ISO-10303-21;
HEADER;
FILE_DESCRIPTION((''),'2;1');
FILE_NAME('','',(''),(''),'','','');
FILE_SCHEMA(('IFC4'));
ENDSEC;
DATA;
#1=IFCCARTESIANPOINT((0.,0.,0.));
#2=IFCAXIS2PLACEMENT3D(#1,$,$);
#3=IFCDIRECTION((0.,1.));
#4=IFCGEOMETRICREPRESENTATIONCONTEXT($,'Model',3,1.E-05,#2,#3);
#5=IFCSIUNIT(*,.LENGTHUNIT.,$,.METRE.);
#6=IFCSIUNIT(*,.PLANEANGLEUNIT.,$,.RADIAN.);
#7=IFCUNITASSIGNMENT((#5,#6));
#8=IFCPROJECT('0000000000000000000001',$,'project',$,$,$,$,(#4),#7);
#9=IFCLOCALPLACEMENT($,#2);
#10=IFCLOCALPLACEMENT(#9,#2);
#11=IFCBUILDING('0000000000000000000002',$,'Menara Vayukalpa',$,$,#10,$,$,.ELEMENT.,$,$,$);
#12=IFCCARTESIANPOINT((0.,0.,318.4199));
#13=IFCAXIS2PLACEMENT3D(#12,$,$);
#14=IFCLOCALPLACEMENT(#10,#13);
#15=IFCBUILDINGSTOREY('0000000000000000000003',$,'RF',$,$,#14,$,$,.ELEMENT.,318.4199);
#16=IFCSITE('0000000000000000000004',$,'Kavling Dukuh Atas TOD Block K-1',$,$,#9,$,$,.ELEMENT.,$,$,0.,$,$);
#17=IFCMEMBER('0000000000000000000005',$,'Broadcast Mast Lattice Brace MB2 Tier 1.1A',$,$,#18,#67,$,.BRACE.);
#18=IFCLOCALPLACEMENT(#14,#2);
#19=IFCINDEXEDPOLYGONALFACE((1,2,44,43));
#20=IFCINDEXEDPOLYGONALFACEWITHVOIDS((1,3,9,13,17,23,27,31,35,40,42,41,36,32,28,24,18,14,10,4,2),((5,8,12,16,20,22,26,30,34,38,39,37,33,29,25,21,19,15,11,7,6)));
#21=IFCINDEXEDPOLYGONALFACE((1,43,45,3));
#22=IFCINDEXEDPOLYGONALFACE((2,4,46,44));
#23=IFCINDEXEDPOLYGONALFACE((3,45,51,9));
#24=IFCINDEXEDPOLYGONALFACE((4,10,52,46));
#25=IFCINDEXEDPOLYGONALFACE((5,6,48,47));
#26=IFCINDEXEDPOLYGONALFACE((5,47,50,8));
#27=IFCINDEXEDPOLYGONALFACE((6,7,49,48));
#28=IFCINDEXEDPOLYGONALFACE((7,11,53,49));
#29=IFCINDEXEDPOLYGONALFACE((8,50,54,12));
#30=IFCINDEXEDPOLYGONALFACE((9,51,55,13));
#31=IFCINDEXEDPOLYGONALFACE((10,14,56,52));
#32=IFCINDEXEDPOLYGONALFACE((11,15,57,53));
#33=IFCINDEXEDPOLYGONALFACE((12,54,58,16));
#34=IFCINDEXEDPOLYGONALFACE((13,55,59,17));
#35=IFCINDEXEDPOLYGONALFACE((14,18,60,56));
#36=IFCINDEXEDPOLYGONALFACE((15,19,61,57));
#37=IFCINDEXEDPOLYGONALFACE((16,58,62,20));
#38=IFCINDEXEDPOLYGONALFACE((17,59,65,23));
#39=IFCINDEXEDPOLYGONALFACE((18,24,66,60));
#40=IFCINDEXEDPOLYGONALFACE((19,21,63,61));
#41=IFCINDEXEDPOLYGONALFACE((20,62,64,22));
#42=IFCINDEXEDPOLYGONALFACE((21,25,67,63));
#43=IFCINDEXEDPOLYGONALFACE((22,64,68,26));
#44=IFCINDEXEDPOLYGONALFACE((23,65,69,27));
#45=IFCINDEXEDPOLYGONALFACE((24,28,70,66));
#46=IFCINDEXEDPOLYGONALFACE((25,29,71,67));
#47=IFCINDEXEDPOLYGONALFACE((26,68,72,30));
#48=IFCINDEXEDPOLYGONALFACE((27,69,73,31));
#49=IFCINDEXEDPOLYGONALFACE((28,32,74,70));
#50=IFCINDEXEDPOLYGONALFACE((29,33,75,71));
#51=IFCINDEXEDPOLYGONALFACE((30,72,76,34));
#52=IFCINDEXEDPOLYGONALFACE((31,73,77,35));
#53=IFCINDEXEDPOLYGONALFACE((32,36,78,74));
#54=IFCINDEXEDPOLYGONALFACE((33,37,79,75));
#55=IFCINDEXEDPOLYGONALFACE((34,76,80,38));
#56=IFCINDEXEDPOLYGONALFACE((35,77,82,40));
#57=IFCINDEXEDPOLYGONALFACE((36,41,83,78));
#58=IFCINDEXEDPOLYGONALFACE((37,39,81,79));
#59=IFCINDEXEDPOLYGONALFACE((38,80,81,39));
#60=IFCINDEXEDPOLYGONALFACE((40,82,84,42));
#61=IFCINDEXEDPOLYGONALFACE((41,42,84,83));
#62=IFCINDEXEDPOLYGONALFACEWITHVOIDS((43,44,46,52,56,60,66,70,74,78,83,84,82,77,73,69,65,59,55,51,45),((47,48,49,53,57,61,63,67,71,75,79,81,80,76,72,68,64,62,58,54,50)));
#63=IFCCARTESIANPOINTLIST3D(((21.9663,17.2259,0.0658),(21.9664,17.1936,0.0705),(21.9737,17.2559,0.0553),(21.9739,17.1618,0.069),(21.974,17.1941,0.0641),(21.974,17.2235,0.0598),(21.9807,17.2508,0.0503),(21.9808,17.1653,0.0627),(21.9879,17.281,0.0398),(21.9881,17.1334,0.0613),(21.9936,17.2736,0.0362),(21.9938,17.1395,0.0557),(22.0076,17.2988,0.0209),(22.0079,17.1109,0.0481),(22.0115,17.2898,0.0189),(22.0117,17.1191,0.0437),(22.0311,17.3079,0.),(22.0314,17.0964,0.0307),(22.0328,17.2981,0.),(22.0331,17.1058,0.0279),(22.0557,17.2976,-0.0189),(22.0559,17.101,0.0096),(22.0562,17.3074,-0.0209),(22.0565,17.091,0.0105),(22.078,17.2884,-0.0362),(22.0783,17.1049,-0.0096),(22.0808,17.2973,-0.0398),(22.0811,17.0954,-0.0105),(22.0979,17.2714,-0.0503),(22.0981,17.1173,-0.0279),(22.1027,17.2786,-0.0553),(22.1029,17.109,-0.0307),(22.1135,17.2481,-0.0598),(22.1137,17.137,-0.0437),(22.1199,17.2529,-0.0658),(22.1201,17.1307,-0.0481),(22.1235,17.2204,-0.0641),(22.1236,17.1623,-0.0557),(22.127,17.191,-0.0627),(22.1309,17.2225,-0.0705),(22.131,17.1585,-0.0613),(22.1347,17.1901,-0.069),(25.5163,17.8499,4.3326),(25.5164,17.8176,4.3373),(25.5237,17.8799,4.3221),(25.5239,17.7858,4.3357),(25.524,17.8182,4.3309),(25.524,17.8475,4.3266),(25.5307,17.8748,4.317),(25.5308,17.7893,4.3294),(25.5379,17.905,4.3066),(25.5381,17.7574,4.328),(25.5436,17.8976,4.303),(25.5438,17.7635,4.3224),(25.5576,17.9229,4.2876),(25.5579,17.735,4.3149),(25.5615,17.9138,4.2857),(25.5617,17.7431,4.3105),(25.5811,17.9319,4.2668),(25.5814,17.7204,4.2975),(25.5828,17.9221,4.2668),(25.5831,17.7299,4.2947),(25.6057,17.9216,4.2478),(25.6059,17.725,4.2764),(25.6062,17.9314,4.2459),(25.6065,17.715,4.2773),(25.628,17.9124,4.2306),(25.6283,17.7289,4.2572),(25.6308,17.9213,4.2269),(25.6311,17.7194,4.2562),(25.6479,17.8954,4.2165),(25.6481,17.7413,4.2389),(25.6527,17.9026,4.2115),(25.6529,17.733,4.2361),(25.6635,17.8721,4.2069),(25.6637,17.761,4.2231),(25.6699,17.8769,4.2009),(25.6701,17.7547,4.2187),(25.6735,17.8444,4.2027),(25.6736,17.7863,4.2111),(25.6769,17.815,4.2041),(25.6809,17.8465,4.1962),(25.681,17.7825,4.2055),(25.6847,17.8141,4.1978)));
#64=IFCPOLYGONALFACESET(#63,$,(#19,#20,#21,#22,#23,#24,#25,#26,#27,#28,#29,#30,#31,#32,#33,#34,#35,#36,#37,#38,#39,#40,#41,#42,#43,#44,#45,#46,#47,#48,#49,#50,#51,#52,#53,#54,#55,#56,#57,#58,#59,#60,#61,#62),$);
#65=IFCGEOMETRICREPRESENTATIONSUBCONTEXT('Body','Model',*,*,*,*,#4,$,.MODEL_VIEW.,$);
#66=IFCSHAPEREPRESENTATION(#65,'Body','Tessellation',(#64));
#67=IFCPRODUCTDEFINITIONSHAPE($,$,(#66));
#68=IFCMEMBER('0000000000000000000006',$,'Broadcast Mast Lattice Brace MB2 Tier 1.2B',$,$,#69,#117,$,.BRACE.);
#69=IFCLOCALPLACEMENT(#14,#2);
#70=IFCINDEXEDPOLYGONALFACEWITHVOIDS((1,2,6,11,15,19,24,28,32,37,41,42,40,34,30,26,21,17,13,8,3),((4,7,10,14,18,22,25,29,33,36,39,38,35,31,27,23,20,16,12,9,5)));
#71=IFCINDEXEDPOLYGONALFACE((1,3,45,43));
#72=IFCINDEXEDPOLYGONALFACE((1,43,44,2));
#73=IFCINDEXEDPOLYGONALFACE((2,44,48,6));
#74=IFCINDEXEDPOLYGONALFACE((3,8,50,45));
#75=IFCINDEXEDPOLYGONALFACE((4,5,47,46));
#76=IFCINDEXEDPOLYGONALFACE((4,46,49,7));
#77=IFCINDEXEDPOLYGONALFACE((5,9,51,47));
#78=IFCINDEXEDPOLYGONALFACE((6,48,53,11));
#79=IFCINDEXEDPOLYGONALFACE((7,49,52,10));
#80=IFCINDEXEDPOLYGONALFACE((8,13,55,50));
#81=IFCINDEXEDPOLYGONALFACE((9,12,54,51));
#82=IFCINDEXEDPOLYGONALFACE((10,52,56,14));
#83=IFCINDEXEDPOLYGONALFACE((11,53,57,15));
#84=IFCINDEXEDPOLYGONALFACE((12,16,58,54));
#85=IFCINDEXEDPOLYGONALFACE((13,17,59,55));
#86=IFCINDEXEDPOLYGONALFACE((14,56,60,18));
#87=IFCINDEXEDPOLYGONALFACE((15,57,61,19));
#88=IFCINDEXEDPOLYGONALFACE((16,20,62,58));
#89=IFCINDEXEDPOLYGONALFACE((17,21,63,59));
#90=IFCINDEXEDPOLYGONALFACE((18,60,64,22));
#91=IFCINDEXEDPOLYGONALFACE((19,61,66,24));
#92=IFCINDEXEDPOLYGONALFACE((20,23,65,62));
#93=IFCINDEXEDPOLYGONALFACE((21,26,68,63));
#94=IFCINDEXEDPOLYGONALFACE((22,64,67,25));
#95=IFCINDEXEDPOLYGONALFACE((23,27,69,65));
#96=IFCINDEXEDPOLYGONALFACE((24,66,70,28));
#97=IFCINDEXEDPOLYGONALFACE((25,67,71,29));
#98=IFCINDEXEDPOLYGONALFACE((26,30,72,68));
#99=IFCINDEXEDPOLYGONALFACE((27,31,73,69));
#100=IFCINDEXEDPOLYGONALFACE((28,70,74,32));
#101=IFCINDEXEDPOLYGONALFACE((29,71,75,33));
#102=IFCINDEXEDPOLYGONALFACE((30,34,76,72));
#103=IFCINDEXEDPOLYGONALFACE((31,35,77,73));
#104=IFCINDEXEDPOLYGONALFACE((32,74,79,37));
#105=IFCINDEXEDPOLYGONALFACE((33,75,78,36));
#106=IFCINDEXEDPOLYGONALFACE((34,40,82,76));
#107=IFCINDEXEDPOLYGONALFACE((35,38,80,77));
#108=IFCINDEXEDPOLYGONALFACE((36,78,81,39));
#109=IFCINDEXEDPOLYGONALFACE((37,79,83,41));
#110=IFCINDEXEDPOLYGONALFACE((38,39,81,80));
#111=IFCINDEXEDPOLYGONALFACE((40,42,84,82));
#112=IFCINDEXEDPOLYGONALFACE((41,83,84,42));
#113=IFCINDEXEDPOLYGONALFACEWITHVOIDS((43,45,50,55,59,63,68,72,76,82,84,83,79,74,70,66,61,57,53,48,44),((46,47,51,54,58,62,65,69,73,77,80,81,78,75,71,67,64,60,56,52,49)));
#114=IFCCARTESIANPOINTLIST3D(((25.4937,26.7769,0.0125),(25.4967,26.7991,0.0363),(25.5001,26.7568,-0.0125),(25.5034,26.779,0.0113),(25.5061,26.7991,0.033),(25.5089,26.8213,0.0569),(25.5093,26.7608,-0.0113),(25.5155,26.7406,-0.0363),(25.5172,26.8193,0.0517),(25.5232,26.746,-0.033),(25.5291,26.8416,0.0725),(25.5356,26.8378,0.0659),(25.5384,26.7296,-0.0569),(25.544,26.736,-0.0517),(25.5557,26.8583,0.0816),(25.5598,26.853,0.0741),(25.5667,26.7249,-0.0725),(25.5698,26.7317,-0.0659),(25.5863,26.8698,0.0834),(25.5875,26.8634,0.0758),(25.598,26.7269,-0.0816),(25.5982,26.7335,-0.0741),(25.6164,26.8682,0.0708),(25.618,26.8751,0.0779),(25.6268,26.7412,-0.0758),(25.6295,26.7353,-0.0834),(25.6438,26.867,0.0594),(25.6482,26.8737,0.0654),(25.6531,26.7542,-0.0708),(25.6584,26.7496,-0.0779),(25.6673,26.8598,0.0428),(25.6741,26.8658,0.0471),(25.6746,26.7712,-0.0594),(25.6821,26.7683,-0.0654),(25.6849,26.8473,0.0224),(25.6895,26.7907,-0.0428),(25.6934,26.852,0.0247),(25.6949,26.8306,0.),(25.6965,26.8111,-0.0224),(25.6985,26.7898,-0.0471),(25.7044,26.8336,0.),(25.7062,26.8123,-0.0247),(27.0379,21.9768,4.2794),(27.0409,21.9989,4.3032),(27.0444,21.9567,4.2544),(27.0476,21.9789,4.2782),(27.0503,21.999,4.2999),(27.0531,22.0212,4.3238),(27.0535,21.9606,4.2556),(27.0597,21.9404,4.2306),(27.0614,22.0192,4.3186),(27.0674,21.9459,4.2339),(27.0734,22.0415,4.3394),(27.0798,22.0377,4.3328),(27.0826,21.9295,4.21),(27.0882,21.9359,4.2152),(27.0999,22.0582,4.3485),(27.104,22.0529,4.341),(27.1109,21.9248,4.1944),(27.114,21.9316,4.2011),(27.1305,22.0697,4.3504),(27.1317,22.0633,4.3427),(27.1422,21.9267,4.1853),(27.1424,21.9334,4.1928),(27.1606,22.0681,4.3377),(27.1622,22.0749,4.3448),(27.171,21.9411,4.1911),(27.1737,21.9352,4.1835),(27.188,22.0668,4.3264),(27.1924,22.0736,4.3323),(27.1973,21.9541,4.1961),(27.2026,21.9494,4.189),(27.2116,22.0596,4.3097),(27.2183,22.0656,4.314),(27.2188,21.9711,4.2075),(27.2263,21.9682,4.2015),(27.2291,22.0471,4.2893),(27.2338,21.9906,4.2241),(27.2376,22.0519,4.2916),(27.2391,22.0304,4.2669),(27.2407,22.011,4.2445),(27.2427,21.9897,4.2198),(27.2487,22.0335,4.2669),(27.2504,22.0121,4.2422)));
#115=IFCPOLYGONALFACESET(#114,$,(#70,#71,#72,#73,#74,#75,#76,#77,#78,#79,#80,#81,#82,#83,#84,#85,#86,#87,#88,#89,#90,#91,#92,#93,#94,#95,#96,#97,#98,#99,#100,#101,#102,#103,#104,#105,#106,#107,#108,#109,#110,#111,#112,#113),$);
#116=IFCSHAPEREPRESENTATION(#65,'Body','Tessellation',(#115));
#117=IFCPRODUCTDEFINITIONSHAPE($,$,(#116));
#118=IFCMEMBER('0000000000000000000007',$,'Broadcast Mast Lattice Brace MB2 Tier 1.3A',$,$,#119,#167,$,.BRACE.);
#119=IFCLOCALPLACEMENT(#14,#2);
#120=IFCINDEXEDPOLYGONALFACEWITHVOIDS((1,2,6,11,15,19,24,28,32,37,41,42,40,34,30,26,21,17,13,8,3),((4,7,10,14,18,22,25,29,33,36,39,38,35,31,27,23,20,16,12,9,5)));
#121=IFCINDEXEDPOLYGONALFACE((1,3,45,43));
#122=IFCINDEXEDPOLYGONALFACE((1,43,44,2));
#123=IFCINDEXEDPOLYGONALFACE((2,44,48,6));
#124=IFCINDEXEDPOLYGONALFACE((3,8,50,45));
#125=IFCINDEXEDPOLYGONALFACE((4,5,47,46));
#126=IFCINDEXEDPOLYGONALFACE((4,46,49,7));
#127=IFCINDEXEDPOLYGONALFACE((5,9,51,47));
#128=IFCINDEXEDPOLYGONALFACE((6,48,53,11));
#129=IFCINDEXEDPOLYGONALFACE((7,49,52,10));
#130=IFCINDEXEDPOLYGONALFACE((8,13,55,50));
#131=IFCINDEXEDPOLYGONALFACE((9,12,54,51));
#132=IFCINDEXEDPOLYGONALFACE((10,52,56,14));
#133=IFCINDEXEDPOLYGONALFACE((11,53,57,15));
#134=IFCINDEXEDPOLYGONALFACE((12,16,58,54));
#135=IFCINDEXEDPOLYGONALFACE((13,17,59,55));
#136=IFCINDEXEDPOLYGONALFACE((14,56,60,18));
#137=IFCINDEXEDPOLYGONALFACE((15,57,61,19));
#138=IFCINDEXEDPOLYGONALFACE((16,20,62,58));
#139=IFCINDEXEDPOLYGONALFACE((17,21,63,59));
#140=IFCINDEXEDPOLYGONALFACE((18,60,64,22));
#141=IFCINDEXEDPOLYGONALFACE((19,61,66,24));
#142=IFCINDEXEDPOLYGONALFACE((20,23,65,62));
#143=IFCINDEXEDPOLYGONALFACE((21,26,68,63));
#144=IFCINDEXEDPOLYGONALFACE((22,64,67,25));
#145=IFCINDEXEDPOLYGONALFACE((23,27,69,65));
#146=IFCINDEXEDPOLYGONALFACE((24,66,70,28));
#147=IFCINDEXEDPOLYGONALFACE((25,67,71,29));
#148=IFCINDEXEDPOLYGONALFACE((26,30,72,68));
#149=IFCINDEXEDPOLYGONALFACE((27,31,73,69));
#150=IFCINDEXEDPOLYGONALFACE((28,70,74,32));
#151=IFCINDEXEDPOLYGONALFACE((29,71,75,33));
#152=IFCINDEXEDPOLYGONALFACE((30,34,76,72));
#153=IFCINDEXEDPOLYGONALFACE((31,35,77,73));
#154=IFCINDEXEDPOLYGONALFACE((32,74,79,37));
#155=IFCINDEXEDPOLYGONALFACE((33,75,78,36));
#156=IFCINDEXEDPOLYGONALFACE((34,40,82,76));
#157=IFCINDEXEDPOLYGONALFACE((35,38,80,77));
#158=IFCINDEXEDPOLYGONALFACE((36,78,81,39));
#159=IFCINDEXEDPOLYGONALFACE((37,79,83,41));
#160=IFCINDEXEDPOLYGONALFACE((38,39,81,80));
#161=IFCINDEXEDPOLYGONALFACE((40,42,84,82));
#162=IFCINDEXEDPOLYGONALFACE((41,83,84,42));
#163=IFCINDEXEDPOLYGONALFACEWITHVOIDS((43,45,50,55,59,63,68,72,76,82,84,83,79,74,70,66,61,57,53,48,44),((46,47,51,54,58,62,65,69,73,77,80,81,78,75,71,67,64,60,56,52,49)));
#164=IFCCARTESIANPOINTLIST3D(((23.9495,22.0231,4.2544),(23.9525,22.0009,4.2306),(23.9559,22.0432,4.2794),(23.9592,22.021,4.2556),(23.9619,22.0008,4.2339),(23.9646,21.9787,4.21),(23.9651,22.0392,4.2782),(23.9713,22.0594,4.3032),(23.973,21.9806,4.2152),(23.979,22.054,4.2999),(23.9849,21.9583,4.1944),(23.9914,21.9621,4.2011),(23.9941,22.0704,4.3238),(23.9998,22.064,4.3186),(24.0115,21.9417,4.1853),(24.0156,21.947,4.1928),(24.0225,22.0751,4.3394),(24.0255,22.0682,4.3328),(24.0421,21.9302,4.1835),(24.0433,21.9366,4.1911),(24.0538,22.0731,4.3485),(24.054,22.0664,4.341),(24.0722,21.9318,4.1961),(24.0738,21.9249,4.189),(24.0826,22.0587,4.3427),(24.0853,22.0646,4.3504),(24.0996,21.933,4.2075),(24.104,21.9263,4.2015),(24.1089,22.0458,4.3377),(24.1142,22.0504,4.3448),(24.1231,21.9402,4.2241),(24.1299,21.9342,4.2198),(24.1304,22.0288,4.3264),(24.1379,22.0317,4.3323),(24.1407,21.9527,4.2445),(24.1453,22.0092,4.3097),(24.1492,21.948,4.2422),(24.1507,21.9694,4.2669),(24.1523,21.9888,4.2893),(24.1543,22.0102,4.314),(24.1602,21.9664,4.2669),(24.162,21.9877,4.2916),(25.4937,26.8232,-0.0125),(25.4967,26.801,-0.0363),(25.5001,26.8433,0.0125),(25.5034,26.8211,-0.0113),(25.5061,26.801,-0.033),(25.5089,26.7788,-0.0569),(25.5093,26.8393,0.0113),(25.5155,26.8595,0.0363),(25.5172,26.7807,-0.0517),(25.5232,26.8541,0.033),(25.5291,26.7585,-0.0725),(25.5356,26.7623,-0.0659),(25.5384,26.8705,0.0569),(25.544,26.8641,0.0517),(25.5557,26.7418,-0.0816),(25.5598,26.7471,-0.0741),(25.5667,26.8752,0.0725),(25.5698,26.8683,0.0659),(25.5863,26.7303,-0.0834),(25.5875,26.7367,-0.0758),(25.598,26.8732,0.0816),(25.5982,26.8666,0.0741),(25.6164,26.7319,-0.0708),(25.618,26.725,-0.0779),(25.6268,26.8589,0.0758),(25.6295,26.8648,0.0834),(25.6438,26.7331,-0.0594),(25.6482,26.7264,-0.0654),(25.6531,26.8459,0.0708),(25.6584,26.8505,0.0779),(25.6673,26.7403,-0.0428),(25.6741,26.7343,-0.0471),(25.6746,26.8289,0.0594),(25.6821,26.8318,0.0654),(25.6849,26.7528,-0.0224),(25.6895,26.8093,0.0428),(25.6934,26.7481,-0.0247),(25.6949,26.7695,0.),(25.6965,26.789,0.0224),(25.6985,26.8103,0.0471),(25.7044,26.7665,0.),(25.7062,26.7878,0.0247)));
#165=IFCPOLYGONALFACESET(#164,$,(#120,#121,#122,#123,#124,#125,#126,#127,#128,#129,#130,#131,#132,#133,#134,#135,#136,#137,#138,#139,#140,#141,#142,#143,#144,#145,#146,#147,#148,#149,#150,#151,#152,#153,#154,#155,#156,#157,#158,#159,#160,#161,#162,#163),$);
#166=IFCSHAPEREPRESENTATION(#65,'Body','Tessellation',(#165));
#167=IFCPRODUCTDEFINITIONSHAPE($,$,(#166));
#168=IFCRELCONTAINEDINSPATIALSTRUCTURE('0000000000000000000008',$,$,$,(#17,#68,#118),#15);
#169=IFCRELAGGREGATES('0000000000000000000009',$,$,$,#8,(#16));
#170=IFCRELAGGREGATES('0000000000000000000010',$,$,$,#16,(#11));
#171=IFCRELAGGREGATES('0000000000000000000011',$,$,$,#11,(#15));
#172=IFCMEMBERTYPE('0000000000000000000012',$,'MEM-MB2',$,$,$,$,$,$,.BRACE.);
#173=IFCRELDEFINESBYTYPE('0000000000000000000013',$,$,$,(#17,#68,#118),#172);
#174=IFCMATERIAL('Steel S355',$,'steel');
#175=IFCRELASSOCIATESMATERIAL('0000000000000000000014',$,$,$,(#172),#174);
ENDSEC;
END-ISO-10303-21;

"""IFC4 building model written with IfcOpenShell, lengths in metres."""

from ifc_helpers import new_model, si_unit, direction, frame, origin, origin_2d, place, context, subcontext, project, spatial, hollow_circle, extrude, material, material_profile, profile_set, type_object, element, save


model = new_model("IFC4")

# Units and contexts
model_context = context("Model", 3, precision=1e-05, world=origin(), true_north=direction((0.0, 1.0)))
body_context = subcontext(model_context, "Body", "Model", "MODEL_VIEW")
ifc_project = project(units=[si_unit("LENGTHUNIT", "METRE"), si_unit("PLANEANGLEUNIT", "RADIAN")], contexts=[model_context])

# Site, building, storey
site_placement = place(None, origin())
site = spatial("IfcSite", under=ifc_project, at=site_placement, Name="Kavling Dukuh Atas TOD Block K-1", CompositionType="ELEMENT", RefElevation=0.0)
building_placement = place(site_placement, origin())
building = spatial("IfcBuilding", under=site, at=building_placement, Name="Menara Vayukalpa", CompositionType="ELEMENT")
storey_placement = place(building_placement, frame((0.0, 0.0, 318.4199)))
storey = spatial("IfcBuildingStorey", under=building, at=storey_placement, Name="RF", CompositionType="ELEMENT", Elevation=318.4199)

# Members
ifc_material_1 = material(Name="Steel S355", Category="steel")
ifc_material_profile_1 = material_profile(ifc_material_1, hollow_circle(Radius=0.1096, WallThickness=0.01, at=origin_2d()), Name="CHS 219.1x10")
ifc_profile_set_1 = profile_set([ifc_material_profile_1], Name="Steel S355")
member_type_1 = type_object("IfcMemberType", Name="MEM-MB2", PredefinedType="BRACE", material=ifc_profile_set_1)
member_1_placement = place(storey_placement, frame((22.05, 17.2, 0.0), z_axis=(0.635579, 0.111721, 0.76391), x_axis=(-0.173125, 0.9849, 0.0)))
element("IfcMember", 1, at=member_1_placement, inside=storey, type_object=member_type_1, Name="Broadcast Mast Lattice Brace MB2 Tier 1.1A", PredefinedType="BRACE", context=body_context, shape_type="SweptSolid", body=[
    extrude(hollow_circle(Radius=0.1096, WallThickness=0.01, at=origin_2d()), origin(), (0.0, 0.0, 1.0), 5.5854),
])
for number, where, z_axis, x_axis, name in (
    (2, (25.6001, 26.8, 0.0), (0.233778, -0.726688, 0.645966), (0.951952, 0.306246, 0.0), "Broadcast Mast Lattice Brace MB2 Tier 1.2B"),
    (3, (25.6001, 26.8, 0.0), (-0.233778, -0.726688, 0.645966), (0.951952, -0.306246, 0.0), "Broadcast Mast Lattice Brace MB2 Tier 1.3A"),
):
    element("IfcMember", number, at=place(storey_placement, frame(where, z_axis=z_axis, x_axis=x_axis)), inside=storey, type_object=member_type_1, Name=name, PredefinedType="BRACE", context=body_context, shape_type="SweptSolid", body=[
        extrude(hollow_circle(Radius=0.1096, WallThickness=0.01, at=origin_2d()), origin(), (0.0, 0.0, 1.0), 6.6055),
    ])

save(model, "model.ifc")
